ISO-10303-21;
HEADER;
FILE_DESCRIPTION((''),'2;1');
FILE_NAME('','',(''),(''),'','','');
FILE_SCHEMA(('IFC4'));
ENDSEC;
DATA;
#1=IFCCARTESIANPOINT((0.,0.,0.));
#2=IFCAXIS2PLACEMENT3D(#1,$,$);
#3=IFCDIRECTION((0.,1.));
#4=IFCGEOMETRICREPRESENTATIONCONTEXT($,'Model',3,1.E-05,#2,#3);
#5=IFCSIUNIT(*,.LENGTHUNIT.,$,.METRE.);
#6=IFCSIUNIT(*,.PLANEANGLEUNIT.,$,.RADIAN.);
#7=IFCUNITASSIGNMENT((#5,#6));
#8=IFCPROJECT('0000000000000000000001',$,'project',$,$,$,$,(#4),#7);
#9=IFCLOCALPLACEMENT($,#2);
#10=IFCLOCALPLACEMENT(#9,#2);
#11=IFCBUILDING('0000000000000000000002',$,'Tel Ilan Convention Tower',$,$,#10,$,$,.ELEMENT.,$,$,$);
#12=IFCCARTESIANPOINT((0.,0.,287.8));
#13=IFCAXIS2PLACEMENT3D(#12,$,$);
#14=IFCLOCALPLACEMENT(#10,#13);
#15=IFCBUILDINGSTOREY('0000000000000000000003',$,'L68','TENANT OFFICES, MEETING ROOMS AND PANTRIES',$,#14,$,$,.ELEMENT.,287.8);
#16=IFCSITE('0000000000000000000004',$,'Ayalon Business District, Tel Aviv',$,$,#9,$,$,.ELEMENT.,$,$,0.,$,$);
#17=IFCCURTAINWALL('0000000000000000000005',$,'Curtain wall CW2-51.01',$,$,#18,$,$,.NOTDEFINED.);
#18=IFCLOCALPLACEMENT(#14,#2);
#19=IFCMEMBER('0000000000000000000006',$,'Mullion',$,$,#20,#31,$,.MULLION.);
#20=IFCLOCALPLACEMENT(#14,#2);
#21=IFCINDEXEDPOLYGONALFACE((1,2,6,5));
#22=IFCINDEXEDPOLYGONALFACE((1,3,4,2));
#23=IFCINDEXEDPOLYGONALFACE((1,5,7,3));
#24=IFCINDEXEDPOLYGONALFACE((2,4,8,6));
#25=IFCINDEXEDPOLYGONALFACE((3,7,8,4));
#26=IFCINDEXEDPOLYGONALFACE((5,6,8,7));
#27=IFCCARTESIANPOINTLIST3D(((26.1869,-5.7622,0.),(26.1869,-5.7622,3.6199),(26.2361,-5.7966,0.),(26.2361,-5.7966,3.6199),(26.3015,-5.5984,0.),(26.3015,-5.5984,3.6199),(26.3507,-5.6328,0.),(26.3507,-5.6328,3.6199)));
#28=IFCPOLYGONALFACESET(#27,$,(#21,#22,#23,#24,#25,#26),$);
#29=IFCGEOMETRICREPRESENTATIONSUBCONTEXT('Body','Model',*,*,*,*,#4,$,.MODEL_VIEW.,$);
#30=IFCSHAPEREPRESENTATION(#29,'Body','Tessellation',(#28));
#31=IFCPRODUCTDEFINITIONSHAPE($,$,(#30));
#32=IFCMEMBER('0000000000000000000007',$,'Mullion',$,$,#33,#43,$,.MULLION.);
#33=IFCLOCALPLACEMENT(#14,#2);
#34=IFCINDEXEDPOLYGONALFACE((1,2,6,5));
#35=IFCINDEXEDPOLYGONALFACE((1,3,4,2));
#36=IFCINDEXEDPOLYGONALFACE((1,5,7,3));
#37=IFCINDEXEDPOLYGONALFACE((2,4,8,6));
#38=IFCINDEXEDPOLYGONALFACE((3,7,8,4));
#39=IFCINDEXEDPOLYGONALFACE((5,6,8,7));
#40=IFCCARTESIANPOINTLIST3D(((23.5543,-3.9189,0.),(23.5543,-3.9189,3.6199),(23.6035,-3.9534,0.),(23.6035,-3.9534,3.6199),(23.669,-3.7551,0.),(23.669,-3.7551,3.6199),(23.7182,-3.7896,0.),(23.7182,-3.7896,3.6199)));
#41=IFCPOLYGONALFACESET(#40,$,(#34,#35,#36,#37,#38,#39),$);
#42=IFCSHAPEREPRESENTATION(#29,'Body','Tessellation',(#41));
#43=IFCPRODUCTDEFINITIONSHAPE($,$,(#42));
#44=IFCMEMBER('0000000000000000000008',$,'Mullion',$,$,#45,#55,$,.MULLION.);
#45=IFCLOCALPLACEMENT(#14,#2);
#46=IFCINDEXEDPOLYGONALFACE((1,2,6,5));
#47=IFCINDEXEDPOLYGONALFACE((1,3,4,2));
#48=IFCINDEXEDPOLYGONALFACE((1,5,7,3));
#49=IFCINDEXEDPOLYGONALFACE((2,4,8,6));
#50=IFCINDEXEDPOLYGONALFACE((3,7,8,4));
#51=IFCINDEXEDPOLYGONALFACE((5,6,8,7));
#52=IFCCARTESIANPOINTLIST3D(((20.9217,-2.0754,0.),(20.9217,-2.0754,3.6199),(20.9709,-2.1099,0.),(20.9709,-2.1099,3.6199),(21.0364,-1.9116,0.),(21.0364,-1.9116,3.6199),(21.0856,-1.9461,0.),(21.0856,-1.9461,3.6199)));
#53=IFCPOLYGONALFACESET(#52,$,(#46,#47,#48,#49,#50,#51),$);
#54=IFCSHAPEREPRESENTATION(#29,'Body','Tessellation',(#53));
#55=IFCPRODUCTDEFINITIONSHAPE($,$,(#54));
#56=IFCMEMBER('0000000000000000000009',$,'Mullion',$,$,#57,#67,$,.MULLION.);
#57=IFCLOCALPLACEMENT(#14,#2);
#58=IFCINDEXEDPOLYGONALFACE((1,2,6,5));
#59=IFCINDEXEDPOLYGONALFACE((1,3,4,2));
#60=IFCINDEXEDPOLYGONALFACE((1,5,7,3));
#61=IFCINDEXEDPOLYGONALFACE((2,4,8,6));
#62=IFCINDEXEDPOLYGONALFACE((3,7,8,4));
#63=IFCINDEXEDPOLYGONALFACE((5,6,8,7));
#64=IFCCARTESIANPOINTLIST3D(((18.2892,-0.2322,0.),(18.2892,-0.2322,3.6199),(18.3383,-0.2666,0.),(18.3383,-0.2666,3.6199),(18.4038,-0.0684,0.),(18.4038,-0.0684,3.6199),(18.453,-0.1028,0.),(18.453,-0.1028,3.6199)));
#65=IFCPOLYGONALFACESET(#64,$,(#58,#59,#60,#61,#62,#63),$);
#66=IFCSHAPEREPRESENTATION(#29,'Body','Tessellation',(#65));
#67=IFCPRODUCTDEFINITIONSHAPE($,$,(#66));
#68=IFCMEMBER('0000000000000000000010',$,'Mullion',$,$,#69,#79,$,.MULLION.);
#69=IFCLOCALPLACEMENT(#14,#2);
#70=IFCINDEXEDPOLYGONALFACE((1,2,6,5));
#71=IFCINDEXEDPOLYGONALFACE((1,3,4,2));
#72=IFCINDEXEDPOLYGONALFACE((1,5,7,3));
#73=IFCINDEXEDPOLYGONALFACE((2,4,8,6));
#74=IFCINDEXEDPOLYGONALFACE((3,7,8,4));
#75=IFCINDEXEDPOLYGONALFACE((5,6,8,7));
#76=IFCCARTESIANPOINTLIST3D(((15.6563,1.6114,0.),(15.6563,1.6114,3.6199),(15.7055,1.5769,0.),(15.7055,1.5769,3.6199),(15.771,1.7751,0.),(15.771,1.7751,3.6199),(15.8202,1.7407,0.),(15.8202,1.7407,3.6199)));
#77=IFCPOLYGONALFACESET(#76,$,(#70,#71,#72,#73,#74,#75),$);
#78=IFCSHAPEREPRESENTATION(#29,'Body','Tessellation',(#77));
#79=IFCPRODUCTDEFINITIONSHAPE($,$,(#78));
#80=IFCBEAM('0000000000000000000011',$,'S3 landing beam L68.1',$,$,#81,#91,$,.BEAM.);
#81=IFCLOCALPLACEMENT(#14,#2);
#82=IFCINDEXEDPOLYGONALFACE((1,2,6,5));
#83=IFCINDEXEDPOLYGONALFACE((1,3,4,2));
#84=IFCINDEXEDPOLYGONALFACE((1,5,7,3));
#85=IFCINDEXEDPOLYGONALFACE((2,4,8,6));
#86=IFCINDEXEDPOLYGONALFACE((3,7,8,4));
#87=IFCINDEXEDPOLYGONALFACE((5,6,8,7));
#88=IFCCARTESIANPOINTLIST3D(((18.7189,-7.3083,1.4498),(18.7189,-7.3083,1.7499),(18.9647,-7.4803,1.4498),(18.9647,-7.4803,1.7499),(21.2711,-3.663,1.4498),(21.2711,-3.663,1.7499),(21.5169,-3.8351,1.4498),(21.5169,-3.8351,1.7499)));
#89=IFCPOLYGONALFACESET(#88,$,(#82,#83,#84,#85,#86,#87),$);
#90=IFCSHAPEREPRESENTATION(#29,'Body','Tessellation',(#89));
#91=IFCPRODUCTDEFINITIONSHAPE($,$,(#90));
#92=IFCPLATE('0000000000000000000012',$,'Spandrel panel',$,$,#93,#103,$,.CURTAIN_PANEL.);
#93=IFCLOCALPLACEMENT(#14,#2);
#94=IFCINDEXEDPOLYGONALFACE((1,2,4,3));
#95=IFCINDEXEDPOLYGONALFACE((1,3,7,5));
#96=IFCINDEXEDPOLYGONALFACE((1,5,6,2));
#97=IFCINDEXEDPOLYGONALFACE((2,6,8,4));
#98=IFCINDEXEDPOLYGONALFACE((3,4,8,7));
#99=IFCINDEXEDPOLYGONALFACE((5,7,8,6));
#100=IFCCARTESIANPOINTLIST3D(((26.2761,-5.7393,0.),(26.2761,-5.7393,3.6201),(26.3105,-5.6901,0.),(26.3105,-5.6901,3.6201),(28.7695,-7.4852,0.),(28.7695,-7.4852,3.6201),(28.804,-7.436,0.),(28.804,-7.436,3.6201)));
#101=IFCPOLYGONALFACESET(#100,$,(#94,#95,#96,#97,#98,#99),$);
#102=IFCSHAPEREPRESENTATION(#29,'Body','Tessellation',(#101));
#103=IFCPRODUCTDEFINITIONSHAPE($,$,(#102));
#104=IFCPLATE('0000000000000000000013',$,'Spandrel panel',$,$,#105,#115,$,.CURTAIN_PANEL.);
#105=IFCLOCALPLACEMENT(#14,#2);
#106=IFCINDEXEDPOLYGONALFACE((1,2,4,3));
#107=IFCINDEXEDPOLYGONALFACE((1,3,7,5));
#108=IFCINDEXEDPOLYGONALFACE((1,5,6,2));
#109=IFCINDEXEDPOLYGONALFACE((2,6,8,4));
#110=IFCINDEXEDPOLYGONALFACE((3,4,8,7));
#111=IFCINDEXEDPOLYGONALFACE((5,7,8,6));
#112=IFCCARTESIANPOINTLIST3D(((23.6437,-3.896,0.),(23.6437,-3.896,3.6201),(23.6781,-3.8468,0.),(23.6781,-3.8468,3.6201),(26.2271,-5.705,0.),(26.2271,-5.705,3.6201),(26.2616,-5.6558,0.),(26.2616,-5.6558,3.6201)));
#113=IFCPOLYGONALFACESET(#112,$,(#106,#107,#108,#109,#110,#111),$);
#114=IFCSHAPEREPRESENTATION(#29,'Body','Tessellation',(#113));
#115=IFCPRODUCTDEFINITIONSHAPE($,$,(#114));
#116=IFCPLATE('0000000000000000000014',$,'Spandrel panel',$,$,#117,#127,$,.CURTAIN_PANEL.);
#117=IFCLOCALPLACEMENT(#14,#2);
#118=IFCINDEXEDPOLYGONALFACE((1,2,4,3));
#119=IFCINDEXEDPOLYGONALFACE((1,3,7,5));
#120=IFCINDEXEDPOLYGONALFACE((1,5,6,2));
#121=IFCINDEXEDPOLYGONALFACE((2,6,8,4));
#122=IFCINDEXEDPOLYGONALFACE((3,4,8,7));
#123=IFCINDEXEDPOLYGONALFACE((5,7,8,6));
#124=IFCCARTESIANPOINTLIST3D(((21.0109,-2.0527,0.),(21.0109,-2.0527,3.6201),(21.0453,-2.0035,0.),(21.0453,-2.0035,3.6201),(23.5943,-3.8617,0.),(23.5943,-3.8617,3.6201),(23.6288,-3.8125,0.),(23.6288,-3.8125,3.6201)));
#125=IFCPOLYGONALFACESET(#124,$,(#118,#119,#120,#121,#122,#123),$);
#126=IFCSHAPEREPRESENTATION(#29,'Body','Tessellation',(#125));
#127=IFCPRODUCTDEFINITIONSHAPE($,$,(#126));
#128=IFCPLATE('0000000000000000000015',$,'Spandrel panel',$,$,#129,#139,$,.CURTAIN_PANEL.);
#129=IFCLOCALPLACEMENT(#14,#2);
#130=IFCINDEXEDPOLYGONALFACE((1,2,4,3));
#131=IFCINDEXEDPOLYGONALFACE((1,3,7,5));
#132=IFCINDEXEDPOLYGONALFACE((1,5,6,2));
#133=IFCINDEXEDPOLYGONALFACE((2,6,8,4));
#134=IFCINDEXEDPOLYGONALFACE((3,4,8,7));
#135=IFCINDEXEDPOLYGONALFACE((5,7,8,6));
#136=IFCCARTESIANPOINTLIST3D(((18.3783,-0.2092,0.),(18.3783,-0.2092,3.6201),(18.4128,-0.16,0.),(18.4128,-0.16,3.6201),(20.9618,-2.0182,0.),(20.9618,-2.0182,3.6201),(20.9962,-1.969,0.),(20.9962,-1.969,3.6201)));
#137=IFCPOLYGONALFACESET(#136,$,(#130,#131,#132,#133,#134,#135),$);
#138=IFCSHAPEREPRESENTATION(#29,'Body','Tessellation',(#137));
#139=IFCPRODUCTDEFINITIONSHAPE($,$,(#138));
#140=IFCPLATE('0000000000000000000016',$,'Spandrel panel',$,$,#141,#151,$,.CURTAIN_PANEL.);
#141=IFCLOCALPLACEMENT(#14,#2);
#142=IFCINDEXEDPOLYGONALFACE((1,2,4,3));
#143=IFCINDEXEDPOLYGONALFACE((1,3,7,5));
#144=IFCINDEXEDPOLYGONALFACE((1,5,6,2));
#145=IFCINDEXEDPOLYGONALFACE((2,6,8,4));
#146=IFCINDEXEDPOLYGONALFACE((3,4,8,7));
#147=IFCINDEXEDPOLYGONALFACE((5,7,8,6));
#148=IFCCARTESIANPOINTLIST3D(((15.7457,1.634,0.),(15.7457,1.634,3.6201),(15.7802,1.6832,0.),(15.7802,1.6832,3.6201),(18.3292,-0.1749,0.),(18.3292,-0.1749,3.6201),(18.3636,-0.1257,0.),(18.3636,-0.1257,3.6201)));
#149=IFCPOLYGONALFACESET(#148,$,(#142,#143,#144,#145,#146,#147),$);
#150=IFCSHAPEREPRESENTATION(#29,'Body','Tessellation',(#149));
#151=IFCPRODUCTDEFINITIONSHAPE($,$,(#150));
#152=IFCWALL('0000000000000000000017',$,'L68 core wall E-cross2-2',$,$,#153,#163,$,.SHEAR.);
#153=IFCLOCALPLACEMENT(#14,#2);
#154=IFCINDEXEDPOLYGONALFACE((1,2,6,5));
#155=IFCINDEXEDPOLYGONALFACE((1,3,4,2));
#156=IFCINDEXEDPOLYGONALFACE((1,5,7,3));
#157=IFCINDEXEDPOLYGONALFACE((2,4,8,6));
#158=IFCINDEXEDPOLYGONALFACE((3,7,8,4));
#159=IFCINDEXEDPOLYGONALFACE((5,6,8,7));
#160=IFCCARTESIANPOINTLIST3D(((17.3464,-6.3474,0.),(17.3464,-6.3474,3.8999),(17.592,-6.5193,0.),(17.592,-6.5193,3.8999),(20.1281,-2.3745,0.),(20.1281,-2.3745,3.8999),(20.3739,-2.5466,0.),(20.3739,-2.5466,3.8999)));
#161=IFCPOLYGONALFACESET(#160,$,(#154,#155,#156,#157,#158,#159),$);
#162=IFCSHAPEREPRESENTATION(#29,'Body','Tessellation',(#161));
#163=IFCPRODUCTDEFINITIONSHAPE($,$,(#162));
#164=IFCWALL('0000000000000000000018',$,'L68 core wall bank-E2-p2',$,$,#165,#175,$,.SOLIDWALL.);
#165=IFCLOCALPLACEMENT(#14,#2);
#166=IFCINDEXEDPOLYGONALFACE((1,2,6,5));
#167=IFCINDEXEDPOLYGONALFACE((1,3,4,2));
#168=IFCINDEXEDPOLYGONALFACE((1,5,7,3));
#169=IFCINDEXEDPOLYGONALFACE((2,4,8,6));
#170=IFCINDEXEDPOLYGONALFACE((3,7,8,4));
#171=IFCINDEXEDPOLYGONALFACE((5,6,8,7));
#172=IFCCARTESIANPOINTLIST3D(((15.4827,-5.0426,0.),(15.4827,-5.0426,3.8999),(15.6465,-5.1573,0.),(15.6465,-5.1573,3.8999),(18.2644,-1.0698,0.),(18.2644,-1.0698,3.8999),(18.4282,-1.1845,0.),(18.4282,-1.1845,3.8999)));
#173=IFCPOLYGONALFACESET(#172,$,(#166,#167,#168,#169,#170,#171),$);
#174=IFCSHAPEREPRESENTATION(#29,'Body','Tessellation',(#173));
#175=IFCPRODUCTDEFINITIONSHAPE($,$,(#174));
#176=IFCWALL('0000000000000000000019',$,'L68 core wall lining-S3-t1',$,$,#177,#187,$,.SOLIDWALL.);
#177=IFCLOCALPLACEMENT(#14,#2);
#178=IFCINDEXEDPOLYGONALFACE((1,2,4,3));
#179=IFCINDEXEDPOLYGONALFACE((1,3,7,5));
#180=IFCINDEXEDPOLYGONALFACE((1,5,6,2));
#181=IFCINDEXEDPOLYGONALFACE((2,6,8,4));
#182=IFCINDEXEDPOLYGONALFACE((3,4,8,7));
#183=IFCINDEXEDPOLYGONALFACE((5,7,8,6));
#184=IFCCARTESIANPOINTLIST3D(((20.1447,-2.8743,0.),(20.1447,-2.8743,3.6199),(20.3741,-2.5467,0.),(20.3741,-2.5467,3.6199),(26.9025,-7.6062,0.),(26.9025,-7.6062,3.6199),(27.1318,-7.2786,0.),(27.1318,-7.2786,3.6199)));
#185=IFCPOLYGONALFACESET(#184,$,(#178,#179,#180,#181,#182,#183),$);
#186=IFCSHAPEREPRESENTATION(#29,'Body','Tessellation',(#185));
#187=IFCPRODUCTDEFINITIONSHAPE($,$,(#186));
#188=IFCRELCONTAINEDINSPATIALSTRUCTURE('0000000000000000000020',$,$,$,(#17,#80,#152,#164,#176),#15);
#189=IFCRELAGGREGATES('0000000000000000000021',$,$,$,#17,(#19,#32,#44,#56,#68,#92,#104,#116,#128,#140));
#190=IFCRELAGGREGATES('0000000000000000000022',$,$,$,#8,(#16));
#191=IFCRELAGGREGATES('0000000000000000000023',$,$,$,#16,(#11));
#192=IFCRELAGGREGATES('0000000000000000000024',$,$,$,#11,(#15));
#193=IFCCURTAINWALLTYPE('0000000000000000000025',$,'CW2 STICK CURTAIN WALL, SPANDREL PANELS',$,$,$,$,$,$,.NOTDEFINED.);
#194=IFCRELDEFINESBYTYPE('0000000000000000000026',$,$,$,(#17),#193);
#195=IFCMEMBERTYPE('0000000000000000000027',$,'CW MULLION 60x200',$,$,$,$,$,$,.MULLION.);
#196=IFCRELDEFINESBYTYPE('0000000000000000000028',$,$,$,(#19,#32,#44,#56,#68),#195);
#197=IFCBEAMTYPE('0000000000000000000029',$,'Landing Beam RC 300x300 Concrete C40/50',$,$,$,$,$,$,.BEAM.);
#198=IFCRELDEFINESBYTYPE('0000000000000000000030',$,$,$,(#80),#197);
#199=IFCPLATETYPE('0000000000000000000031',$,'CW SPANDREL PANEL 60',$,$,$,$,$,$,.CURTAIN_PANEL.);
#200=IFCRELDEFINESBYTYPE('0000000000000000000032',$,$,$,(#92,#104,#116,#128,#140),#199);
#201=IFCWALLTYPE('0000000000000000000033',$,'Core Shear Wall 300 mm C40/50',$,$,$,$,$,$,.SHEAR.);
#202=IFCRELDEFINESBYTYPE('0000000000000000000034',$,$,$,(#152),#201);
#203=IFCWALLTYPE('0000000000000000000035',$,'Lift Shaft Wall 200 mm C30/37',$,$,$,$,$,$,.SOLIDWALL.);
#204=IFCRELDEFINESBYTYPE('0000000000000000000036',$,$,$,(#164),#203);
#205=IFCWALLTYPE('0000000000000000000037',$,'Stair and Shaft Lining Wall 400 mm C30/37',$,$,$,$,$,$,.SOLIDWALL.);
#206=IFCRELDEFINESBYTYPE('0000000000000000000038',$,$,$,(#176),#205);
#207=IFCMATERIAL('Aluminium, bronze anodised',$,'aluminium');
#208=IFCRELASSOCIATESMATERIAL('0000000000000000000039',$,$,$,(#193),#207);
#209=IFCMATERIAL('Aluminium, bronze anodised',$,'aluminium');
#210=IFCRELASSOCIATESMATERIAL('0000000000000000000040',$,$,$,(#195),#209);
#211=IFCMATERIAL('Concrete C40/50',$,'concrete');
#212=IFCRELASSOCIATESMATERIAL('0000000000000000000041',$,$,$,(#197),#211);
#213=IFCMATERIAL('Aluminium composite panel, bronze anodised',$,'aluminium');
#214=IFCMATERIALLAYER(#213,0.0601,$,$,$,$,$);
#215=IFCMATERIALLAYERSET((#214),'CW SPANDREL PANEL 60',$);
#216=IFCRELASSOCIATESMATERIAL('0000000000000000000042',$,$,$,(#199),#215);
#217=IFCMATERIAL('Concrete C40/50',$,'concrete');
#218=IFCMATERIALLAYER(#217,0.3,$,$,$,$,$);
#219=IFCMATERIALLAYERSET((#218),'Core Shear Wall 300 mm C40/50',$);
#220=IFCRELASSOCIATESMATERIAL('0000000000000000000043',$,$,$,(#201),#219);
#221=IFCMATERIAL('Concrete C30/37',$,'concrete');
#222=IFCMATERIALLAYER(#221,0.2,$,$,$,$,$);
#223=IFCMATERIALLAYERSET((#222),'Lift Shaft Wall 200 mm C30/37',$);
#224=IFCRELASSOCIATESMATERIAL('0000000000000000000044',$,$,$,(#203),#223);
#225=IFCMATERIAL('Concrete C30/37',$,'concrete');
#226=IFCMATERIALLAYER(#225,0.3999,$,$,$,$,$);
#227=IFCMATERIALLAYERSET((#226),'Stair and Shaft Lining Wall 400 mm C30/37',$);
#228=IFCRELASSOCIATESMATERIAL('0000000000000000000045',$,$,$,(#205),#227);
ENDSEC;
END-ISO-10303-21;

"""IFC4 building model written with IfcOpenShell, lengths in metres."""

from ifc_helpers import new_model, si_unit, direction, frame, frame_2d, origin, origin_2d, place, context, subcontext, project, spatial, polyline, rectangle, outline, extrude, material, layer, layer_set, material_profile, profile_set, type_object, element, aggregate, save


model = new_model("IFC4")

# Units and contexts
model_context = context("Model", 3, precision=1e-05, world=origin(), true_north=direction((0.0, 1.0)))
body_context = subcontext(model_context, "Body", "Model", "MODEL_VIEW")
ifc_project = project(units=[si_unit("LENGTHUNIT", "METRE"), si_unit("PLANEANGLEUNIT", "RADIAN")], contexts=[model_context])

# Site, building, storey
site_placement = place(None, origin())
site = spatial("IfcSite", under=ifc_project, at=site_placement, Name="Ayalon Business District, Tel Aviv", CompositionType="ELEMENT", RefElevation=0.0)
building_placement = place(site_placement, origin())
building = spatial("IfcBuilding", under=site, at=building_placement, Name="Tel Ilan Convention Tower", CompositionType="ELEMENT")
storey_placement = place(building_placement, frame((0.0, 0.0, 287.8)))
storey = spatial("IfcBuildingStorey", under=building, at=storey_placement, Name="L68", Description="TENANT OFFICES, MEETING ROOMS AND PANTRIES", CompositionType="ELEMENT", Elevation=287.8)

# Curtain wall, members
ifc_material_1 = material(Name="Aluminium, bronze anodised", Category="aluminium")
curtain_wall_type = type_object("IfcCurtainWallType", Name="CW2 STICK CURTAIN WALL, SPANDREL PANELS", PredefinedType="NOTDEFINED", material=ifc_material_1)
curtain_wall_placement = place(storey_placement, origin())
curtain_wall = element("IfcCurtainWall", 1, at=curtain_wall_placement, inside=storey, type_object=curtain_wall_type, Name="Curtain wall CW2-51.01", PredefinedType="NOTDEFINED")
ifc_material_2 = material(Name="Aluminium, bronze anodised", Category="aluminium")
ifc_material_profile_1 = material_profile(ifc_material_2, rectangle(XDim=0.0601, YDim=0.2, at=origin_2d()), Name="CW MULLION 60x200")
ifc_profile_set_1 = profile_set([ifc_material_profile_1], Name="Aluminium, bronze anodised")
member_type = type_object("IfcMemberType", Name="CW MULLION 60x200", PredefinedType="MULLION", material=ifc_profile_set_1)
member_1_placement = place(storey_placement, frame((26.2688, -5.6975, 0.0), z_axis=(0.0, 0.0, 1.0), x_axis=(-0.819152, 0.573576, 0.0)))
member_1 = element("IfcMember", 2, at=member_1_placement, type_object=member_type, Name="Mullion", PredefinedType="MULLION", context=body_context, shape_type="SweptSolid", body=[
    extrude(rectangle(XDim=0.0601, YDim=0.2, at=origin_2d()), origin(), (0.0, 0.0, 1.0), 3.6199),
])
member_2_placement = place(storey_placement, frame((23.6362, -3.8542, 0.0), z_axis=(0.0, 0.0, 1.0), x_axis=(-0.819152, 0.573576, 0.0)))
member_2 = element("IfcMember", 3, at=member_2_placement, type_object=member_type, Name="Mullion", PredefinedType="MULLION", context=body_context, shape_type="SweptSolid", body=[
    extrude(rectangle(XDim=0.0601, YDim=0.2, at=origin_2d()), origin(), (0.0, 0.0, 1.0), 3.6199),
])
member_3_placement = place(storey_placement, frame((21.0037, -2.0107, 0.0), z_axis=(0.0, 0.0, 1.0), x_axis=(-0.819152, 0.573576, 0.0)))
member_3 = element("IfcMember", 4, at=member_3_placement, type_object=member_type, Name="Mullion", PredefinedType="MULLION", context=body_context, shape_type="SweptSolid", body=[
    extrude(rectangle(XDim=0.0601, YDim=0.2, at=origin_2d()), origin(), (0.0, 0.0, 1.0), 3.6199),
])
member_4_placement = place(storey_placement, frame((18.3711, -0.1675, 0.0), z_axis=(0.0, 0.0, 1.0), x_axis=(-0.819152, 0.573576, 0.0)))
member_4 = element("IfcMember", 5, at=member_4_placement, type_object=member_type, Name="Mullion", PredefinedType="MULLION", context=body_context, shape_type="SweptSolid", body=[
    extrude(rectangle(XDim=0.0601, YDim=0.2, at=origin_2d()), origin(), (0.0, 0.0, 1.0), 3.6199),
])
member_5_placement = place(storey_placement, frame((15.7383, 1.676, 0.0), z_axis=(0.0, 0.0, 1.0), x_axis=(-0.819152, 0.573576, 0.0)))
member_5 = element("IfcMember", 6, at=member_5_placement, type_object=member_type, Name="Mullion", PredefinedType="MULLION", context=body_context, shape_type="SweptSolid", body=[
    extrude(rectangle(XDim=0.0601, YDim=0.2, at=origin_2d()), origin(), (0.0, 0.0, 1.0), 3.6199),
])

# Beam
ifc_material_3 = material(Name="Concrete C40/50", Category="concrete")
ifc_material_profile_2 = material_profile(ifc_material_3, rectangle(XDim=0.3, YDim=0.3, at=origin_2d()), Name="RC 300x300")
ifc_profile_set_2 = profile_set([ifc_material_profile_2], Name="Concrete C40/50")
beam_type = type_object("IfcBeamType", Name="Landing Beam RC 300x300 Concrete C40/50", PredefinedType="BEAM", material=ifc_profile_set_2)
beam_placement = place(storey_placement, frame((21.394, -3.749, 1.5999), z_axis=(-0.573547, -0.819173, 0.0), x_axis=(0.819173, -0.573547, 0.0)))
element("IfcBeam", 7, at=beam_placement, inside=storey, type_object=beam_type, Name="S3 landing beam L68.1", PredefinedType="BEAM", context=body_context, shape_type="SweptSolid", body=[
    extrude(rectangle(XDim=0.3, YDim=0.3, at=origin_2d()), origin(), (0.0, 0.0, 1.0), 4.45),
])

# Plates
ifc_material_4 = material(Name="Aluminium composite panel, bronze anodised", Category="aluminium")
ifc_layer_1 = layer(ifc_material_4, 0.0601)
ifc_layer_set_1 = layer_set([ifc_layer_1], Name="CW SPANDREL PANEL 60")
plate_type = type_object("IfcPlateType", Name="CW SPANDREL PANEL 60", PredefinedType="CURTAIN_PANEL", material=ifc_layer_set_1)
plate_1_placement = place(storey_placement, frame((27.54, -6.5876, 0.0), z_axis=(0.0, 0.0, 1.0), x_axis=(-0.819152, 0.573576, 0.0)))
plate_1 = element("IfcPlate", 8, at=plate_1_placement, type_object=plate_type, Name="Spandrel panel", PredefinedType="CURTAIN_PANEL", context=body_context, shape_type="SweptSolid", body=[
    extrude(rectangle(XDim=3.0439, YDim=0.0601, at=origin_2d()), origin(), (0.0, 0.0, 1.0), 3.6201),
])
plate_2_placement = place(storey_placement, frame((24.9526, -4.7759, 0.0), z_axis=(0.0, 0.0, 1.0), x_axis=(-0.819152, 0.573576, 0.0)))
plate_2 = element("IfcPlate", 9, at=plate_2_placement, type_object=plate_type, Name="Spandrel panel", PredefinedType="CURTAIN_PANEL", context=body_context, shape_type="SweptSolid", body=[
    extrude(rectangle(XDim=3.1538, YDim=0.0601, at=origin_2d()), origin(), (0.0, 0.0, 1.0), 3.6201),
])
plate_3_placement = place(storey_placement, frame((22.3198, -2.9326, 0.0), z_axis=(0.0, 0.0, 1.0), x_axis=(-0.819152, 0.573576, 0.0)))
plate_3 = element("IfcPlate", 10, at=plate_3_placement, type_object=plate_type, Name="Spandrel panel", PredefinedType="CURTAIN_PANEL", context=body_context, shape_type="SweptSolid", body=[
    extrude(rectangle(XDim=3.1538, YDim=0.0601, at=origin_2d()), origin(), (0.0, 0.0, 1.0), 3.6201),
])
plate_4_placement = place(storey_placement, frame((19.6873, -1.0891, 0.0), z_axis=(0.0, 0.0, 1.0), x_axis=(-0.819152, 0.573576, 0.0)))
plate_4 = element("IfcPlate", 11, at=plate_4_placement, type_object=plate_type, Name="Spandrel panel", PredefinedType="CURTAIN_PANEL", context=body_context, shape_type="SweptSolid", body=[
    extrude(rectangle(XDim=3.1538, YDim=0.0601, at=origin_2d()), origin(), (0.0, 0.0, 1.0), 3.6201),
])
plate_5_placement = place(storey_placement, frame((17.0547, 0.7542, 0.0), z_axis=(0.0, 0.0, 1.0), x_axis=(-0.819152, 0.573576, 0.0)))
plate_5 = element("IfcPlate", 12, at=plate_5_placement, type_object=plate_type, Name="Spandrel panel", PredefinedType="CURTAIN_PANEL", context=body_context, shape_type="SweptSolid", body=[
    extrude(rectangle(XDim=3.1538, YDim=0.0601, at=origin_2d()), origin(), (0.0, 0.0, 1.0), 3.6201),
])
aggregate(curtain_wall, [member_1, member_2, member_3, member_4, member_5, plate_1, plate_2, plate_3, plate_4, plate_5])

# Walls
ifc_material_5 = material(Name="Concrete C40/50", Category="concrete")
ifc_layer_2 = layer(ifc_material_5, 0.3)
ifc_layer_set_2 = layer_set([ifc_layer_2], Name="Core Shear Wall 300 mm C40/50")
wall_type_1 = type_object("IfcWallType", Name="Core Shear Wall 300 mm C40/50", PredefinedType="SHEAR", material=ifc_layer_set_2)
wall_1_placement = place(storey_placement, frame((17.4692, -6.4333, 0.0), z_axis=(0.0, 0.0, 1.0), x_axis=(0.573594, 0.81914, 0.0)))
element("IfcWall", 13, at=wall_1_placement, inside=storey, type_object=wall_type_1, Name="L68 core wall E-cross2-2", PredefinedType="SHEAR", context=body_context, shape_type="SweptSolid", body=[
    extrude(outline(polyline([(4.8499, -0.1499), (4.8499, 0.1501), (0.0, 0.1499), (0.0, -0.1499), (4.8499, -0.1499)])), origin(), (0.0, 0.0, 1.0), 3.8999),
])
ifc_material_6 = material(Name="Concrete C30/37", Category="concrete")
ifc_layer_3 = layer(ifc_material_6, 0.2)
ifc_layer_set_3 = layer_set([ifc_layer_3], Name="Lift Shaft Wall 200 mm C30/37")
wall_type_2 = type_object("IfcWallType", Name="Lift Shaft Wall 200 mm C30/37", PredefinedType="SOLIDWALL", material=ifc_layer_set_3)
wall_2_placement = place(storey_placement, frame((15.5647, -5.0999, 0.0), z_axis=(0.0, 0.0, 1.0), x_axis=(0.57356, 0.819163, 0.0)))
element("IfcWall", 14, at=wall_2_placement, inside=storey, type_object=wall_type_2, Name="L68 core wall bank-E2-p2", PredefinedType="SOLIDWALL", context=body_context, shape_type="SweptSolid", body=[
    extrude(rectangle(XDim=4.8499, YDim=0.2, at=frame_2d((2.4248, 0.0))), origin(), (0.0, 0.0, 1.0), 3.8999),
])
ifc_material_7 = material(Name="Concrete C30/37", Category="concrete")
ifc_layer_4 = layer(ifc_material_7, 0.3999)
ifc_layer_set_4 = layer_set([ifc_layer_4], Name="Stair and Shaft Lining Wall 400 mm C30/37")
wall_type_3 = type_object("IfcWallType", Name="Stair and Shaft Lining Wall 400 mm C30/37", PredefinedType="SOLIDWALL", material=ifc_layer_set_4)
wall_3_placement = place(storey_placement, frame((20.2593, -2.7104, 0.0), z_axis=(0.0, 0.0, 1.0), x_axis=(0.819148, -0.573582, 0.0)))
element("IfcWall", 15, at=wall_3_placement, inside=storey, type_object=wall_type_3, Name="L68 core wall lining-S3-t1", PredefinedType="SOLIDWALL", context=body_context, shape_type="SweptSolid", body=[
    extrude(rectangle(XDim=8.2498, YDim=0.3999, at=frame_2d((4.125, 0.0))), origin(), (0.0, 0.0, 1.0), 3.6199),
])

save(model, "model.ifc")
